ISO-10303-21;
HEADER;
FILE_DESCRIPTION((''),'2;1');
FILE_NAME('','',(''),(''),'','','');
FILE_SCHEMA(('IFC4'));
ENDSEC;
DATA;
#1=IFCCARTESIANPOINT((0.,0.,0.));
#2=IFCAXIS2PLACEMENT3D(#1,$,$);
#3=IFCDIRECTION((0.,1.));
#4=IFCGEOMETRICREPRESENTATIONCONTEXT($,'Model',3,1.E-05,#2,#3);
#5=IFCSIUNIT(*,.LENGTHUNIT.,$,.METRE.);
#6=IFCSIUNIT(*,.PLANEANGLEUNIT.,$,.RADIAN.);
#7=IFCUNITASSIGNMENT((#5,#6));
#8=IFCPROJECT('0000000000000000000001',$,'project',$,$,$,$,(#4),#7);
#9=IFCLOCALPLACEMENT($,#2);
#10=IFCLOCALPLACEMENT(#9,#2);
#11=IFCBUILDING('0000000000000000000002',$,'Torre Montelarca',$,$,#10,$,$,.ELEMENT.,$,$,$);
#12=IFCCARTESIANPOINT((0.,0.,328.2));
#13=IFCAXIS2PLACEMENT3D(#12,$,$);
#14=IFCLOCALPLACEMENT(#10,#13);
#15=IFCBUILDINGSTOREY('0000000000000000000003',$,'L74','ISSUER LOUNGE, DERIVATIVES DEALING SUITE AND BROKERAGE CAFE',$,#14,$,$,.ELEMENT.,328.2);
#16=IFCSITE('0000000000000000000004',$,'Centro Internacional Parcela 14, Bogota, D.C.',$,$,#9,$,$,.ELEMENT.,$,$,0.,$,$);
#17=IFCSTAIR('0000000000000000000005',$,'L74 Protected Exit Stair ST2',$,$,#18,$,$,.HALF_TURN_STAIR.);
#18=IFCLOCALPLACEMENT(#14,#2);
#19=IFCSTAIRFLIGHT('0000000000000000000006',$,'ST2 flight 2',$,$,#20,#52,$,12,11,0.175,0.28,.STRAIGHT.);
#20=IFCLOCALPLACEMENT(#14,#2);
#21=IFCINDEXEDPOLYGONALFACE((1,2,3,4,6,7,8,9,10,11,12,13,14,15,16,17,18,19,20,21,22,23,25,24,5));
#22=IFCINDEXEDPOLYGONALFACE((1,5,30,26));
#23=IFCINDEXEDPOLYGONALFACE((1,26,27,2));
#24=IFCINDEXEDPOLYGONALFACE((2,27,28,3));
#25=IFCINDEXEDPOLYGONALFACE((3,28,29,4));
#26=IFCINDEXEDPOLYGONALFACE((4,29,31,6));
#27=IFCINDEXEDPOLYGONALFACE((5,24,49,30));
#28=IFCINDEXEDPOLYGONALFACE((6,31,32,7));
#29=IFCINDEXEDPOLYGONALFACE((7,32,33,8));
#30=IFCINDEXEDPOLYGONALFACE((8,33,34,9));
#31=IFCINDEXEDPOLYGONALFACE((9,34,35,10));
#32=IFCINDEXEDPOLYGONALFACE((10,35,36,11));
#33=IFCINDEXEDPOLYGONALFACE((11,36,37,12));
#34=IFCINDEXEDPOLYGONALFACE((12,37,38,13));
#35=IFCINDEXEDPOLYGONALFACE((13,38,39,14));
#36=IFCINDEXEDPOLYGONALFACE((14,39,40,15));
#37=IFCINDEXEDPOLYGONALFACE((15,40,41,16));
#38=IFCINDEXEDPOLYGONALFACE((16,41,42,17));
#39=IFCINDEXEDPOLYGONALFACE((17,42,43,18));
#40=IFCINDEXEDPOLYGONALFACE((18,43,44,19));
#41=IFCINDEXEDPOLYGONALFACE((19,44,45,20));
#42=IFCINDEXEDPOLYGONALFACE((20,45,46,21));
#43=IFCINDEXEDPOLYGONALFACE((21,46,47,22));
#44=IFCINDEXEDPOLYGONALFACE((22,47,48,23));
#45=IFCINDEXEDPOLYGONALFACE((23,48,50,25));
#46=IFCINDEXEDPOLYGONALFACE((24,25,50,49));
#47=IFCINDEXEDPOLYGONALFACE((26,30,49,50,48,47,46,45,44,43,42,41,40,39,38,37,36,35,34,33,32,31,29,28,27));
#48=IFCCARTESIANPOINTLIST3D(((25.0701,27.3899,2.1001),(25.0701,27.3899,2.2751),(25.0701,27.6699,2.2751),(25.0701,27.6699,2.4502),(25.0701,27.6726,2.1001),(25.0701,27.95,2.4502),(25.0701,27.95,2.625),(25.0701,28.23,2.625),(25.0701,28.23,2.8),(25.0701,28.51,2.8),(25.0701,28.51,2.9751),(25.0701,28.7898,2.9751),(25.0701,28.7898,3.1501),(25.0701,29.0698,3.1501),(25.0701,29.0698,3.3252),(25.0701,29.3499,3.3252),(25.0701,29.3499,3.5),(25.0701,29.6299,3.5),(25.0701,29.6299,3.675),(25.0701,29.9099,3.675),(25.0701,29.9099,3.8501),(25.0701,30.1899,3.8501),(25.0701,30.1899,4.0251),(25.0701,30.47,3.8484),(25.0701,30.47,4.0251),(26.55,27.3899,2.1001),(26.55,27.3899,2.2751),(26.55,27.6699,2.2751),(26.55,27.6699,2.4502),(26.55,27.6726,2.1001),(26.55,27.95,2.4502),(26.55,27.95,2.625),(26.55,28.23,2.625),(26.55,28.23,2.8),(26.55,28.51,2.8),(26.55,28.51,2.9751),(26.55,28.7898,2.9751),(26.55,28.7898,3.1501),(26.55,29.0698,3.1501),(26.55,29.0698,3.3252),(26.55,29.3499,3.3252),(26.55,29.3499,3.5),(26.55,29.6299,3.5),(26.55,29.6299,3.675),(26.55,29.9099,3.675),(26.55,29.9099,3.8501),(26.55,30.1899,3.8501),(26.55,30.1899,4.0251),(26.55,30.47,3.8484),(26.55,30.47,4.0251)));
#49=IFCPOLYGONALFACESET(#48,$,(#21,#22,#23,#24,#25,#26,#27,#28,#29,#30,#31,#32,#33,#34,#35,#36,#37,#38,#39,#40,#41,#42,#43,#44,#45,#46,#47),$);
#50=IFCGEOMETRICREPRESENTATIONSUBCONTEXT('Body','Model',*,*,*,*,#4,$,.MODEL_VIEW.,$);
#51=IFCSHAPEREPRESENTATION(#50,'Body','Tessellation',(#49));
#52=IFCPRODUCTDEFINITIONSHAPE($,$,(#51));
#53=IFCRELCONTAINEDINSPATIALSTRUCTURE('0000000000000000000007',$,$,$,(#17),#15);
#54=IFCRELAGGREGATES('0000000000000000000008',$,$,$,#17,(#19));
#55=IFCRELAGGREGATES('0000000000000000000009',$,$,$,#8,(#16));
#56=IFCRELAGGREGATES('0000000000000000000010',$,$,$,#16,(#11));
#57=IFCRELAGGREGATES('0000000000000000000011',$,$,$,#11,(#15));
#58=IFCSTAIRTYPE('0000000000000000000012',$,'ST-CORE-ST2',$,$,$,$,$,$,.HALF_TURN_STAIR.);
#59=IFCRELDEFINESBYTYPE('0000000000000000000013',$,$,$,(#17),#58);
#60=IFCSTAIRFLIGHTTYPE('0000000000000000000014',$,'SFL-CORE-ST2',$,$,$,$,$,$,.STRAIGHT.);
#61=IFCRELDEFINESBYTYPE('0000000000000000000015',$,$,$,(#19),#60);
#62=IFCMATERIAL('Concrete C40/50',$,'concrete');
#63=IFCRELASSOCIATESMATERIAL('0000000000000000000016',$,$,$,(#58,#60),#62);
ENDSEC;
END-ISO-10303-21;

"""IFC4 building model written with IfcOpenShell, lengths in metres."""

from ifc_helpers import new_model, si_unit, direction, frame, origin, place, context, subcontext, project, spatial, polyline, outline, extrude, material, type_object, element, aggregate, save


model = new_model("IFC4")

# Units and contexts
model_context = context("Model", 3, precision=1e-05, world=origin(), true_north=direction((0.0, 1.0)))
body_context = subcontext(model_context, "Body", "Model", "MODEL_VIEW")
ifc_project = project(units=[si_unit("LENGTHUNIT", "METRE"), si_unit("PLANEANGLEUNIT", "RADIAN")], contexts=[model_context])

# Site, building, storey
site_placement = place(None, origin())
site = spatial("IfcSite", under=ifc_project, at=site_placement, Name="Centro Internacional Parcela 14, Bogota, D.C.", CompositionType="ELEMENT", RefElevation=0.0)
building_placement = place(site_placement, origin())
building = spatial("IfcBuilding", under=site, at=building_placement, Name="Torre Montelarca", CompositionType="ELEMENT")
storey_placement = place(building_placement, frame((0.0, 0.0, 328.2)))
storey = spatial("IfcBuildingStorey", under=building, at=storey_placement, Name="L74", Description="ISSUER LOUNGE, DERIVATIVES DEALING SUITE AND BROKERAGE CAFE", CompositionType="ELEMENT", Elevation=328.2)

# Shared definitions
ifc_material_1 = material(Name="Concrete C40/50", Category="concrete")

# Stair, stair flight
stair_type = type_object("IfcStairType", Name="ST-CORE-ST2", PredefinedType="HALF_TURN_STAIR", material=ifc_material_1)
stair_placement = place(storey_placement, origin())
stair = element("IfcStair", 1, at=stair_placement, inside=storey, type_object=stair_type, Name="L74 Protected Exit Stair ST2", PredefinedType="HALF_TURN_STAIR")
stair_flight_type = type_object("IfcStairFlightType", Name="SFL-CORE-ST2", PredefinedType="STRAIGHT", material=ifc_material_1)
stair_flight_1_placement = place(storey_placement, frame((25.8101, 27.3899, 2.1001), z_axis=(0.0, 0.0, 1.0), x_axis=(0.0, 1.0, 0.0)))
stair_flight_1 = element("IfcStairFlight", 2, at=stair_flight_1_placement, type_object=stair_flight_type, Name="ST2 flight 2", NumberOfRisers=12, NumberOfTreads=11, PredefinedType="STRAIGHT", RiserHeight=0.175, TreadLength=0.28, context=body_context, shape_type="SweptSolid", body=[
    extrude(outline(polyline([(0.0, 0.0), (0.0, 0.175), (0.28, 0.175), (0.28, 0.3501), (0.5601, 0.3501), (0.5601, 0.5249), (0.8401, 0.5249), (0.8401, 0.7), (1.1201, 0.7), (1.1201, 0.875), (1.3999, 0.875), (1.3999, 1.05), (1.6799, 1.05), (1.6799, 1.2251), (1.96, 1.2251), (1.96, 1.3999), (2.24, 1.3999), (2.24, 1.575), (2.52, 1.575), (2.52, 1.75), (2.8, 1.75), (2.8, 1.925), (3.0801, 1.925), (3.0801, 2.1001), (3.0801, 1.7483), (0.2827, 0.0), (0.0, 0.0)])), frame((0.0, 0.74, 0.0), z_axis=(0.0, -1.0, 0.0), x_axis=(1.0, 0.0, 0.0)), (0.0, 0.0, 1.0), 1.48),
])
aggregate(stair, [stair_flight_1])

save(model, "model.ifc")
